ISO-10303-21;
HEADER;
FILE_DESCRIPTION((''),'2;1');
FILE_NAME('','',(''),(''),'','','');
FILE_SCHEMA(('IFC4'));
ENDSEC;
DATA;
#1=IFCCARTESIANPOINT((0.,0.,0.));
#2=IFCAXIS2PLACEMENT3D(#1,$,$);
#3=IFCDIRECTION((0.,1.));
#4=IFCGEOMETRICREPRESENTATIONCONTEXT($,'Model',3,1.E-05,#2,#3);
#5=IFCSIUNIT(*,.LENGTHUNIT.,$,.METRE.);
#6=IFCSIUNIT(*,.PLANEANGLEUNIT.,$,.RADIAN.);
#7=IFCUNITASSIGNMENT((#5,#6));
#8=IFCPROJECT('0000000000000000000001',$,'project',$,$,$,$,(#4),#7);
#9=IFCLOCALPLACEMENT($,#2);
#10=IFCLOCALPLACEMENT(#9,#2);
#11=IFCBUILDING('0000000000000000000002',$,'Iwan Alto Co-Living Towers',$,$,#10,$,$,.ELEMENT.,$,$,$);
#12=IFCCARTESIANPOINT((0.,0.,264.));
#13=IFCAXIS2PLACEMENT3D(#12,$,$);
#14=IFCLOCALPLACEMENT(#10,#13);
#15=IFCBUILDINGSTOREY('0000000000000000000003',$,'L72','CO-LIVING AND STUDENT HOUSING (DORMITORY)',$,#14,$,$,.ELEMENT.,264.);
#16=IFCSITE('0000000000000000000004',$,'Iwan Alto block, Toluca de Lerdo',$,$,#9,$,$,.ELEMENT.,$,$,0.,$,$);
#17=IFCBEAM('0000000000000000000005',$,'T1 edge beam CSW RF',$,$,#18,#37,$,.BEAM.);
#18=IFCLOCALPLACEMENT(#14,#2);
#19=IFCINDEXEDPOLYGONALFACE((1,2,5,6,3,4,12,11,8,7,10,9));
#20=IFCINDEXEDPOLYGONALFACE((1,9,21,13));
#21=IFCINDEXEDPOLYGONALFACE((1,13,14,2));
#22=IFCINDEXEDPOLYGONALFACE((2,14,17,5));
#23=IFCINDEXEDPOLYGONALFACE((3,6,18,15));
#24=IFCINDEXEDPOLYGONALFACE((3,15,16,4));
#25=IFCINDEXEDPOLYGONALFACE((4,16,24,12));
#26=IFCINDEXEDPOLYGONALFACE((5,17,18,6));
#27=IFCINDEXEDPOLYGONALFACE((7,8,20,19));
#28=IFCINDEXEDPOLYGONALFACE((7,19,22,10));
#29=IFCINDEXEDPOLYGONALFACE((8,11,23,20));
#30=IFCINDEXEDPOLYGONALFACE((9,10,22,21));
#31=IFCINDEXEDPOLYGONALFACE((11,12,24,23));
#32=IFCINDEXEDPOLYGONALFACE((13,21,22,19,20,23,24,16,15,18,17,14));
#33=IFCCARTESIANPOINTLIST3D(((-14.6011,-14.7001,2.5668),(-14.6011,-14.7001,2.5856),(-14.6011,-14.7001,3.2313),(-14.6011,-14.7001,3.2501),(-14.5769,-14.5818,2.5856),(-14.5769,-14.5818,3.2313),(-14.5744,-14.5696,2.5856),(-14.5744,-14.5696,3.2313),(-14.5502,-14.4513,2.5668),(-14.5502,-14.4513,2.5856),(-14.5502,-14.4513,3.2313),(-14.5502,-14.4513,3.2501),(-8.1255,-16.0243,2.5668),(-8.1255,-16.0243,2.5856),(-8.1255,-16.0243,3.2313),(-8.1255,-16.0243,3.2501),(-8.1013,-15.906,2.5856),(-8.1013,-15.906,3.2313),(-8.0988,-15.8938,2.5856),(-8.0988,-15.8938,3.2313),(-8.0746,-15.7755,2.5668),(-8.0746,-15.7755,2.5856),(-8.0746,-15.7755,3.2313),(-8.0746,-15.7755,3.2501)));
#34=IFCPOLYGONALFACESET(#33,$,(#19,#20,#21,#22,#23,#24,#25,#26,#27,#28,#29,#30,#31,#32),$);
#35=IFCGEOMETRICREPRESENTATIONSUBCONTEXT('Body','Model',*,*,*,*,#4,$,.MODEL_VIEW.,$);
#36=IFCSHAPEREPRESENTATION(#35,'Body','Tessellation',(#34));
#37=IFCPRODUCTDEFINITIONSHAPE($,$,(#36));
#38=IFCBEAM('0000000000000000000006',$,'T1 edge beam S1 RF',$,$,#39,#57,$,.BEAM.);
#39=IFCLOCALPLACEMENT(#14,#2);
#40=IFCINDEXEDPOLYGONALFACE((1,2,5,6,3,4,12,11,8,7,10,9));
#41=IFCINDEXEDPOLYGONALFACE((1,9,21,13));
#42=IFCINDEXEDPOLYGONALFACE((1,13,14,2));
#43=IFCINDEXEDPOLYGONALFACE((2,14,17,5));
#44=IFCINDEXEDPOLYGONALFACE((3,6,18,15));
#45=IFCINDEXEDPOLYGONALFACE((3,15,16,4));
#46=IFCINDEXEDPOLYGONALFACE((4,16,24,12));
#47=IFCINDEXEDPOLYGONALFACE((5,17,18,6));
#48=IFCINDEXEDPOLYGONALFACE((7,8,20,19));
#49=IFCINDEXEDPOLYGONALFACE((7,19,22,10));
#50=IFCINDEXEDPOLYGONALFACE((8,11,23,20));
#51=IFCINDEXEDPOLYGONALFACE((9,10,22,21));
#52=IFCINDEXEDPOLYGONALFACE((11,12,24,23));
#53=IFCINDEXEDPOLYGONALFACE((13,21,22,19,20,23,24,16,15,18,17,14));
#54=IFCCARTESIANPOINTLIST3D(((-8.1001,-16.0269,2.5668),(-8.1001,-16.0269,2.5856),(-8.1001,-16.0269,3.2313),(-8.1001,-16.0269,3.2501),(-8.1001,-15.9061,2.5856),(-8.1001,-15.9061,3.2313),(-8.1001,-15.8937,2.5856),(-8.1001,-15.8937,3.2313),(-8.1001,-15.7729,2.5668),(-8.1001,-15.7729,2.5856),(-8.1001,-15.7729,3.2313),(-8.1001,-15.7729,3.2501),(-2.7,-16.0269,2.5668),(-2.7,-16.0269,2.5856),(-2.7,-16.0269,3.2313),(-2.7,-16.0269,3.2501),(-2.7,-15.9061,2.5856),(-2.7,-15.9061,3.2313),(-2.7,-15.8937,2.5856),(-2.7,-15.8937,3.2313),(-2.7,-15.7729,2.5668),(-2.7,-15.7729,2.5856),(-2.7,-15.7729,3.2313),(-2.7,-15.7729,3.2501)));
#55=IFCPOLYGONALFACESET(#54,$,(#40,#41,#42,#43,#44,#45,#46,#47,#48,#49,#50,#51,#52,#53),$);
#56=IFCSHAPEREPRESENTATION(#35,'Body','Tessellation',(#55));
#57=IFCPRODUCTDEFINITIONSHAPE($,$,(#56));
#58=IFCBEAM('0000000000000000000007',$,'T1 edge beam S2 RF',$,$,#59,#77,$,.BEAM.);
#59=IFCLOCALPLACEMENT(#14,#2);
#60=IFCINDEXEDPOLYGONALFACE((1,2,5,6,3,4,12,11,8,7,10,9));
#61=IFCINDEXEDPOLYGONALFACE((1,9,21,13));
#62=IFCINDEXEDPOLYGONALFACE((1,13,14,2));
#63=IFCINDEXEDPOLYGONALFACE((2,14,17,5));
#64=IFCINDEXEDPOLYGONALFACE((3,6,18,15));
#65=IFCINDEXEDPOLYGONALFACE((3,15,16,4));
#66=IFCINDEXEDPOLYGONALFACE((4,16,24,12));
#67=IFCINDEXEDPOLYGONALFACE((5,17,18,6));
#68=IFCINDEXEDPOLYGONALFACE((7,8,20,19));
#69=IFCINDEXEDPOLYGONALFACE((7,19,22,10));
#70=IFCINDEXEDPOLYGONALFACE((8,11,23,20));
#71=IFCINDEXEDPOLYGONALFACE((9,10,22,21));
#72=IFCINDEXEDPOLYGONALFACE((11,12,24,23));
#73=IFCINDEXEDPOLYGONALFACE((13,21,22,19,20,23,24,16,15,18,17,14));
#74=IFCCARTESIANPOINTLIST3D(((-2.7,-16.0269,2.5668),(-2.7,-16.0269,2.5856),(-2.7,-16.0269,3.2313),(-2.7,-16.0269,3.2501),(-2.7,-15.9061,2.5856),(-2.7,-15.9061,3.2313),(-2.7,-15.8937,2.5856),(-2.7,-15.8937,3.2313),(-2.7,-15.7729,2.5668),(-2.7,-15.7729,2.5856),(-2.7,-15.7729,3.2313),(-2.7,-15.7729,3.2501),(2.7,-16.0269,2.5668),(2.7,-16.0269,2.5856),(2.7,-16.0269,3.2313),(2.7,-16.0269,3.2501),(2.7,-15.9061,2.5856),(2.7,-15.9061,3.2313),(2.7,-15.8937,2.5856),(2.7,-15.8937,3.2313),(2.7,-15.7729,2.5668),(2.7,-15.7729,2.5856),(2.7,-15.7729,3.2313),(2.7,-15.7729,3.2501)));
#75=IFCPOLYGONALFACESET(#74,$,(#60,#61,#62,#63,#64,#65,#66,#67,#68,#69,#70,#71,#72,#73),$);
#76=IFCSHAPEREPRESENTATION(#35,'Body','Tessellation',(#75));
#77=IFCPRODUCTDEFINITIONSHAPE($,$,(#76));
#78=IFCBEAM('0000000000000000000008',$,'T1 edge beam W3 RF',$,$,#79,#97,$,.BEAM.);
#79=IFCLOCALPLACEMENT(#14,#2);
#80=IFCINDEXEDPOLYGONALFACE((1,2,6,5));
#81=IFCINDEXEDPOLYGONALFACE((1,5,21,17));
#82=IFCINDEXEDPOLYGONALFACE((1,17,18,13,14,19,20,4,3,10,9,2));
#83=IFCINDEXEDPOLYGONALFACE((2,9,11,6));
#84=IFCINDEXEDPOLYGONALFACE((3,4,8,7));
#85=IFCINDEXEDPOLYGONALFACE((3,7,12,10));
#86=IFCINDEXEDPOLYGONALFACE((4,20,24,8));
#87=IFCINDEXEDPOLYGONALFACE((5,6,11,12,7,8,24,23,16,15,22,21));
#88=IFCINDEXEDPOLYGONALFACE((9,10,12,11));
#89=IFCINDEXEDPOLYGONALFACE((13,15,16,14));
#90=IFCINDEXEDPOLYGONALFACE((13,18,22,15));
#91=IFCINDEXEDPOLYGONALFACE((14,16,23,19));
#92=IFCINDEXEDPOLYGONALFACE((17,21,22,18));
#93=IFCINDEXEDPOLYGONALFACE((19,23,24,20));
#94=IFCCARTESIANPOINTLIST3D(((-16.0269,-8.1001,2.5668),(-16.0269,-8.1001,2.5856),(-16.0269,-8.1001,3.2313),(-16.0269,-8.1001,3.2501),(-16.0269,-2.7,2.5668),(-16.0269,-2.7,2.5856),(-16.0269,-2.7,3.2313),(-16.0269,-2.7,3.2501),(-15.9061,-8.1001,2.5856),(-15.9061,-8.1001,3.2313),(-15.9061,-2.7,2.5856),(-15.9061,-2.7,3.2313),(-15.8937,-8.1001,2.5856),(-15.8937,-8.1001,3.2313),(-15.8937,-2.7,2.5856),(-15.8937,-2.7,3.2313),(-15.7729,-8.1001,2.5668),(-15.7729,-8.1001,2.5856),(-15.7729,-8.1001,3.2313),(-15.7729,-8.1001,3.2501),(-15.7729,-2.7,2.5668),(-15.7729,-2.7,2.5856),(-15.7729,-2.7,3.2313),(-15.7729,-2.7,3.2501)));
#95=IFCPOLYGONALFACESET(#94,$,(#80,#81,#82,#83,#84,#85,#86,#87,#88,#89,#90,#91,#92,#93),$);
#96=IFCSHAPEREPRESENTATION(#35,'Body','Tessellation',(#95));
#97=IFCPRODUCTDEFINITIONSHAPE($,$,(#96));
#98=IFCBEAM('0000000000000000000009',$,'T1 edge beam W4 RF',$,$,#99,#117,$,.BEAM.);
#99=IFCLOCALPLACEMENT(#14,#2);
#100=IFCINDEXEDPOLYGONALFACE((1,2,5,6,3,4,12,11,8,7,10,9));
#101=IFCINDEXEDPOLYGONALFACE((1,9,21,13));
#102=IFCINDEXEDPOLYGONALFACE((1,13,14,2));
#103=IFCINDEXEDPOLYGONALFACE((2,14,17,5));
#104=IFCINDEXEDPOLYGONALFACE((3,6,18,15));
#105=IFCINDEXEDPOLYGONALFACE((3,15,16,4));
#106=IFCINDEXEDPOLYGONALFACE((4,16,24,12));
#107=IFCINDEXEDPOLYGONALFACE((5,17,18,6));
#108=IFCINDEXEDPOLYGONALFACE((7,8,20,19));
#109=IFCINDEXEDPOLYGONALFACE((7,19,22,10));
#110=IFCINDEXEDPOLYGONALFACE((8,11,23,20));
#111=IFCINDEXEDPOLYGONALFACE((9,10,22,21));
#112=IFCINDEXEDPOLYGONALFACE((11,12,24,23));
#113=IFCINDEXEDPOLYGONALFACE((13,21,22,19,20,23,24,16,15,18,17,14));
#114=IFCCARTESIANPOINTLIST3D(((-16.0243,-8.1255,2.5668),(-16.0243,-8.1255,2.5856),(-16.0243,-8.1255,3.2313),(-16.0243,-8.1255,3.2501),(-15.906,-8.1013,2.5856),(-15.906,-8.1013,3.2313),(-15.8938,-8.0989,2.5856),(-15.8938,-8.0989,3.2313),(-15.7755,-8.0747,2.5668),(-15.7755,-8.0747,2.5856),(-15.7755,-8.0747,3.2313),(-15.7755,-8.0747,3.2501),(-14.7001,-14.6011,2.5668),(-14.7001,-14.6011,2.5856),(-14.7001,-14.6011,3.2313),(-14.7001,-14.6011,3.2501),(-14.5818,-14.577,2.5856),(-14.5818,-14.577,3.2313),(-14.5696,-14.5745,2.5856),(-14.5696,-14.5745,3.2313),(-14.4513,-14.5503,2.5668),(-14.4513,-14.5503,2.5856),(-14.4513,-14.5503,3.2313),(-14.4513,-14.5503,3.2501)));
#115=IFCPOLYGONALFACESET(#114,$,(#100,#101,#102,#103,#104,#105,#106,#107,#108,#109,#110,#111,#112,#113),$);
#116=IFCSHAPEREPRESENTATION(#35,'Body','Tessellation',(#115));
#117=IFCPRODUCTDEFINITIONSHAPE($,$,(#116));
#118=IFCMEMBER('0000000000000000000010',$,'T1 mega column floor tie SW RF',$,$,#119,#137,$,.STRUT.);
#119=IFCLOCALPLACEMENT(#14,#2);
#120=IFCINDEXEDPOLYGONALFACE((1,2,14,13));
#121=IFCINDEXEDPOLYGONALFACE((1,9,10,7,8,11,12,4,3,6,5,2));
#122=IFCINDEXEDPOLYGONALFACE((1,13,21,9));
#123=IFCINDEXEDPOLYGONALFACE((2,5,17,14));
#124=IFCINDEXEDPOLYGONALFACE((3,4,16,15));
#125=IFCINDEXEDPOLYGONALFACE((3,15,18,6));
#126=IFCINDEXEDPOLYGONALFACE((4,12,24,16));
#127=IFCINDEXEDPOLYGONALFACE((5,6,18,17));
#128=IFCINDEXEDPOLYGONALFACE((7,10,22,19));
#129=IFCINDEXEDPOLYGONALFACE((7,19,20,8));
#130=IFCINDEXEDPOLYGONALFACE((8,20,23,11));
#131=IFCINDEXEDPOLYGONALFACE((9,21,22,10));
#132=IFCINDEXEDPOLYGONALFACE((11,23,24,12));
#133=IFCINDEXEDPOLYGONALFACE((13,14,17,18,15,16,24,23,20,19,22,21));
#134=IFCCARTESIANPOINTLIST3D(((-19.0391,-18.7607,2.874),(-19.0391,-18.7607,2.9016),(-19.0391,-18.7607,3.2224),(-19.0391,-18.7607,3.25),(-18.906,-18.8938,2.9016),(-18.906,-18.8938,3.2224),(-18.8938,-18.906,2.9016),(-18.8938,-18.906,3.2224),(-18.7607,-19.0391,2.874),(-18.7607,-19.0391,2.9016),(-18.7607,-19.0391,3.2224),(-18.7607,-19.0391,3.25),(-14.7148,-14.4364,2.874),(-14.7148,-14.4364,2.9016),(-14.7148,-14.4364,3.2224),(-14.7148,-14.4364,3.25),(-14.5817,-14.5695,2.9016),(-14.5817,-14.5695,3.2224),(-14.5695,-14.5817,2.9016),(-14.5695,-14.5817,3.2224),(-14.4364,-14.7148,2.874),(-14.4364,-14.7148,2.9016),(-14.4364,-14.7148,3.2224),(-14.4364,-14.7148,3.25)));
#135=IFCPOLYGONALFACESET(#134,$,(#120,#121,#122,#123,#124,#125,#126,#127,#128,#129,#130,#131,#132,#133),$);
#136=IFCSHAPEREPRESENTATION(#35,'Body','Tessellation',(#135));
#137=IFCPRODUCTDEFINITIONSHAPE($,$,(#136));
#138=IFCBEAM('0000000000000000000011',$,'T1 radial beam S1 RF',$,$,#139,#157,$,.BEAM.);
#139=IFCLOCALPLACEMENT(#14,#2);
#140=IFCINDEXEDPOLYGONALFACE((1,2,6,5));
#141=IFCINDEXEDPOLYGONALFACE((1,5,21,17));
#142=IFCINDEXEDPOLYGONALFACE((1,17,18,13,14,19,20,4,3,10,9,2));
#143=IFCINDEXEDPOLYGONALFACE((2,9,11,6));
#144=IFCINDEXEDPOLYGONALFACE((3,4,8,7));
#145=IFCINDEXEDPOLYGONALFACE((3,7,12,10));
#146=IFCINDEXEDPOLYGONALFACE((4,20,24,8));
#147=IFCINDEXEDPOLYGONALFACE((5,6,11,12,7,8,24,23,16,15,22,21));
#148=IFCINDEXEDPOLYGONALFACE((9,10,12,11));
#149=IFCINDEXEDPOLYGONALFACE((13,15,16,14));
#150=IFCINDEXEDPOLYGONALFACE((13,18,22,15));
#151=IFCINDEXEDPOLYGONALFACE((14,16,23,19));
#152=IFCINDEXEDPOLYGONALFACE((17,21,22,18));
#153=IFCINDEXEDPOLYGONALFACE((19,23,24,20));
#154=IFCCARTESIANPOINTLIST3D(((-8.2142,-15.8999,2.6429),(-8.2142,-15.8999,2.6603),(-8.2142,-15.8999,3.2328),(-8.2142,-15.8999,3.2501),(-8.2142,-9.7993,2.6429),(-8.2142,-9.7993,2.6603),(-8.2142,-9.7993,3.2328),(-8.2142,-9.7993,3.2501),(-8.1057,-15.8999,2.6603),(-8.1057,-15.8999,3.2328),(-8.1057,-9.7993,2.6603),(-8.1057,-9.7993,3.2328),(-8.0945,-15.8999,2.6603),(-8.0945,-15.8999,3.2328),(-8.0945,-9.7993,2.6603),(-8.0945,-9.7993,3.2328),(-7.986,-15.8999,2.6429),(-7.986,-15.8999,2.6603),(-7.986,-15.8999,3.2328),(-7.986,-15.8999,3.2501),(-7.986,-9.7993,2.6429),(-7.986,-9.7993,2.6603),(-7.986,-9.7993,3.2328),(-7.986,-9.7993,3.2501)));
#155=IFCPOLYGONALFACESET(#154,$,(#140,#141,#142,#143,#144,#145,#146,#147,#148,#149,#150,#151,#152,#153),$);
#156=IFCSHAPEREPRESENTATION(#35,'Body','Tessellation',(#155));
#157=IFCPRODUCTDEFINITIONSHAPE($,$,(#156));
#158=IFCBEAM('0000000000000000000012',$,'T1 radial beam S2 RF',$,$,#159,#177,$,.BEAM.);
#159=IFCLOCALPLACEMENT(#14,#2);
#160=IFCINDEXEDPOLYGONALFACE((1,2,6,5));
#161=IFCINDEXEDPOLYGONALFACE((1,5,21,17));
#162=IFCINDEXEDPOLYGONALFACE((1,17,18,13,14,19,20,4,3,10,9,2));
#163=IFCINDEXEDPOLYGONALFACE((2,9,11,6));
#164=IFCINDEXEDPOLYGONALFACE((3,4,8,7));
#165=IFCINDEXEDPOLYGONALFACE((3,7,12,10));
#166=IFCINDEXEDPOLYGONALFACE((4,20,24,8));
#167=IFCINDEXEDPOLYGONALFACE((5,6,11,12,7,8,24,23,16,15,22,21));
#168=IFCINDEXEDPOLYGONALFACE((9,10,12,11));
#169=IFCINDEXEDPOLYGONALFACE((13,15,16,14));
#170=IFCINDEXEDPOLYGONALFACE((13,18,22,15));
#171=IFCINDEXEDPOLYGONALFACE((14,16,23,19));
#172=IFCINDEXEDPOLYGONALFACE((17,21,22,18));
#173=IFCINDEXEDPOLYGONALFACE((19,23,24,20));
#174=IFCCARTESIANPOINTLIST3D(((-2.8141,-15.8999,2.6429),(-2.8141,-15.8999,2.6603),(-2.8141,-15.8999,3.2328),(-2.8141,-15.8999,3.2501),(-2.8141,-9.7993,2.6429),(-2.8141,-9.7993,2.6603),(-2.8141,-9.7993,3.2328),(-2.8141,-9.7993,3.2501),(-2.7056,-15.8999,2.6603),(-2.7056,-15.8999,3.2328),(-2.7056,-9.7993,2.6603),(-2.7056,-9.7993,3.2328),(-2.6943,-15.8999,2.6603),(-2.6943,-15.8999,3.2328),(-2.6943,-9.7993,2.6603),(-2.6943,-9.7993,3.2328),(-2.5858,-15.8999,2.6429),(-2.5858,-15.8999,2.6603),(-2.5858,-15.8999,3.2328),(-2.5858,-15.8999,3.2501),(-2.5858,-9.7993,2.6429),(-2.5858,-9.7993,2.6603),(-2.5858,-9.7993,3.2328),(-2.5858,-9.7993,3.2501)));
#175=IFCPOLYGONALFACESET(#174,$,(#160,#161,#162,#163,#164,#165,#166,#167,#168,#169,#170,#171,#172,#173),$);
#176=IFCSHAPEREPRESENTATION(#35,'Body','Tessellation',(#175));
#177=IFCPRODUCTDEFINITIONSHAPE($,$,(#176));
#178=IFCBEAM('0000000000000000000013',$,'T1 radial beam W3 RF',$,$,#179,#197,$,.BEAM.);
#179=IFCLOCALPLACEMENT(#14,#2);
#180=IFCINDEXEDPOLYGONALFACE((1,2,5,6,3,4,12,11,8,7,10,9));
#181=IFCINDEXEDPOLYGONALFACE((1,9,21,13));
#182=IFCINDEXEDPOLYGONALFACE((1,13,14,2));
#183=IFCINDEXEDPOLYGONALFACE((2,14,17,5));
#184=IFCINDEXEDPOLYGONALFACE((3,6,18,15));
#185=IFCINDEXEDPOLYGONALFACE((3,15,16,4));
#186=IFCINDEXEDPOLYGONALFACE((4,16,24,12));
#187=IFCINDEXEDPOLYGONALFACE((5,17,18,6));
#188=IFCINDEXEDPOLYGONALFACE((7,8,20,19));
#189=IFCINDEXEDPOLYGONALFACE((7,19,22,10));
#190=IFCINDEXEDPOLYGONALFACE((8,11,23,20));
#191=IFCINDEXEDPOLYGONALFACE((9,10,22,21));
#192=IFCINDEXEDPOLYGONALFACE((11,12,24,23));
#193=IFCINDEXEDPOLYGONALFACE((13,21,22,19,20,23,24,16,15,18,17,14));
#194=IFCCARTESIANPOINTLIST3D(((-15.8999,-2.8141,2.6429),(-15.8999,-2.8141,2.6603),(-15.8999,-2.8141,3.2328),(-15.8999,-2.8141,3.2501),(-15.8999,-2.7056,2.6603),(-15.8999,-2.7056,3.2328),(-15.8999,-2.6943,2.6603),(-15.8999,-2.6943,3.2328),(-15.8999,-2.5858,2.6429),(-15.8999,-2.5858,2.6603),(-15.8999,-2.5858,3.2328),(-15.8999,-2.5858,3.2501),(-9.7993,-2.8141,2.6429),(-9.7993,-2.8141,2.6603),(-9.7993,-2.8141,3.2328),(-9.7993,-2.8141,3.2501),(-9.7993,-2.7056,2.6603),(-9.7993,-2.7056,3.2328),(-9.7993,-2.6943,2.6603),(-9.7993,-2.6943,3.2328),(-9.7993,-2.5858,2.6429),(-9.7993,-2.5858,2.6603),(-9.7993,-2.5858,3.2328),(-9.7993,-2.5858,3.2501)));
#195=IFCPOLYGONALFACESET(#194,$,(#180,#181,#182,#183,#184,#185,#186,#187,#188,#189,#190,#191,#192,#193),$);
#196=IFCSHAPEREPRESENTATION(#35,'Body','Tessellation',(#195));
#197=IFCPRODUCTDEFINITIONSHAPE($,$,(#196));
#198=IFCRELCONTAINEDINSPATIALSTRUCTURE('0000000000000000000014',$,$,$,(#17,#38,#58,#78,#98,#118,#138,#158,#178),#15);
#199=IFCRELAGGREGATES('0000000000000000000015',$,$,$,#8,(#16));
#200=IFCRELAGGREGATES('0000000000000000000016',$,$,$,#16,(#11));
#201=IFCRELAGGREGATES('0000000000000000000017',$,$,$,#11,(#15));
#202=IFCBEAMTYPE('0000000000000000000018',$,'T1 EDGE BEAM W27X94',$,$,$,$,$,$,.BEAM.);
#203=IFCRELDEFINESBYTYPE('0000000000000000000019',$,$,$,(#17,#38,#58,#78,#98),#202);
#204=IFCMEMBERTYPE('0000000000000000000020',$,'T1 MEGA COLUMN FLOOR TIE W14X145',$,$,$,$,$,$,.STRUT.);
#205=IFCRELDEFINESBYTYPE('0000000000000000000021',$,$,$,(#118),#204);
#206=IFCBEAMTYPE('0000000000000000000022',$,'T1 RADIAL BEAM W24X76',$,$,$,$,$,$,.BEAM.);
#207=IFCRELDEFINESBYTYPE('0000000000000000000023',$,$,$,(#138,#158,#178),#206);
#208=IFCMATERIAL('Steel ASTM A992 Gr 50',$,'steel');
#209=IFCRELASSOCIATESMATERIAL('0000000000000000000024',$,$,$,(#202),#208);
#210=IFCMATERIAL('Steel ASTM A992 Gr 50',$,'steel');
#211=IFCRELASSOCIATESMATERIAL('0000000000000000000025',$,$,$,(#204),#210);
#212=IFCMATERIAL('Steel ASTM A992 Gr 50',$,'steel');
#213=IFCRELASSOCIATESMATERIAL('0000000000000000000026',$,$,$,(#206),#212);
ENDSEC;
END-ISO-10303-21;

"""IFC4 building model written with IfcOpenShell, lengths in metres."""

from ifc_helpers import new_model, si_unit, direction, frame, origin, origin_2d, place, context, subcontext, project, spatial, i_section, extrude, material, material_profile, profile_set, type_object, element, save


model = new_model("IFC4")

# Units and contexts
model_context = context("Model", 3, precision=1e-05, world=origin(), true_north=direction((0.0, 1.0)))
body_context = subcontext(model_context, "Body", "Model", "MODEL_VIEW")
ifc_project = project(units=[si_unit("LENGTHUNIT", "METRE"), si_unit("PLANEANGLEUNIT", "RADIAN")], contexts=[model_context])

# Site, building, storey
site_placement = place(None, origin())
site = spatial("IfcSite", under=ifc_project, at=site_placement, Name="Iwan Alto block, Toluca de Lerdo", CompositionType="ELEMENT", RefElevation=0.0)
building_placement = place(site_placement, origin())
building = spatial("IfcBuilding", under=site, at=building_placement, Name="Iwan Alto Co-Living Towers", CompositionType="ELEMENT")
storey_placement = place(building_placement, frame((0.0, 0.0, 264.0)))
storey = spatial("IfcBuildingStorey", under=building, at=storey_placement, Name="L72", Description="CO-LIVING AND STUDENT HOUSING (DORMITORY)", CompositionType="ELEMENT", Elevation=264.0)

# Beams
ifc_material_1 = material(Name="Steel ASTM A992 Gr 50", Category="steel")
ifc_material_profile_1 = material_profile(ifc_material_1, i_section(OverallWidth=0.2539, OverallDepth=0.6833, WebThickness=0.0125, FlangeThickness=0.0188, at=origin_2d()), Name="W27X94")
ifc_profile_set_1 = profile_set([ifc_material_profile_1], Name="Steel ASTM A992 Gr 50")
beam_type_1 = type_object("IfcBeamType", Name="T1 EDGE BEAM W27X94", PredefinedType="BEAM", material=ifc_profile_set_1)
beam_1_placement = place(storey_placement, frame((-14.5757, -14.5757, 2.9084), z_axis=(0.979725, -0.200348, 0.0), x_axis=(0.200348, 0.979725, 0.0)))
element("IfcBeam", 1, at=beam_1_placement, inside=storey, type_object=beam_type_1, Name="T1 edge beam CSW RF", PredefinedType="BEAM", context=body_context, shape_type="SweptSolid", body=[
    extrude(i_section(OverallWidth=0.2539, OverallDepth=0.6833, WebThickness=0.0125, FlangeThickness=0.0188, at=origin_2d()), origin(), (0.0, 0.0, 1.0), 6.6096),
])
beam_2_placement = place(storey_placement, frame((-8.1001, -15.8999, 2.9084), z_axis=(1.0, 0.0, 0.0), x_axis=(0.0, 1.0, 0.0)))
element("IfcBeam", 2, at=beam_2_placement, inside=storey, type_object=beam_type_1, Name="T1 edge beam S1 RF", PredefinedType="BEAM", context=body_context, shape_type="SweptSolid", body=[
    extrude(i_section(OverallWidth=0.2539, OverallDepth=0.6833, WebThickness=0.0125, FlangeThickness=0.0188, at=origin_2d()), origin(), (0.0, 0.0, 1.0), 5.4001),
])
beam_3_placement = place(storey_placement, frame((-2.7, -15.8999, 2.9084), z_axis=(1.0, 0.0, 0.0), x_axis=(0.0, 1.0, 0.0)))
element("IfcBeam", 3, at=beam_3_placement, inside=storey, type_object=beam_type_1, Name="T1 edge beam S2 RF", PredefinedType="BEAM", context=body_context, shape_type="SweptSolid", body=[
    extrude(i_section(OverallWidth=0.2539, OverallDepth=0.6833, WebThickness=0.0125, FlangeThickness=0.0188, at=origin_2d()), origin(), (0.0, 0.0, 1.0), 5.3999),
])
beam_4_placement = place(storey_placement, frame((-15.8999, -2.7, 2.9084), z_axis=(0.0, -1.0, 0.0), x_axis=(1.0, 0.0, 0.0)))
element("IfcBeam", 4, at=beam_4_placement, inside=storey, type_object=beam_type_1, Name="T1 edge beam W3 RF", PredefinedType="BEAM", context=body_context, shape_type="SweptSolid", body=[
    extrude(i_section(OverallWidth=0.2539, OverallDepth=0.6833, WebThickness=0.0125, FlangeThickness=0.0188, at=origin_2d()), origin(), (0.0, 0.0, 1.0), 5.4001),
])
beam_5_placement = place(storey_placement, frame((-15.8999, -8.1001, 2.9084), z_axis=(0.200348, -0.979725, 0.0), x_axis=(0.979725, 0.200348, 0.0)))
element("IfcBeam", 5, at=beam_5_placement, inside=storey, type_object=beam_type_1, Name="T1 edge beam W4 RF", PredefinedType="BEAM", context=body_context, shape_type="SweptSolid", body=[
    extrude(i_section(OverallWidth=0.2539, OverallDepth=0.6833, WebThickness=0.0125, FlangeThickness=0.0188, at=origin_2d()), origin(), (0.0, 0.0, 1.0), 6.6096),
])

# Member
ifc_material_2 = material(Name="Steel ASTM A992 Gr 50", Category="steel")
ifc_material_profile_2 = material_profile(ifc_material_2, i_section(OverallWidth=0.3938, OverallDepth=0.376, WebThickness=0.0173, FlangeThickness=0.0276, at=origin_2d()), Name="W14X145")
ifc_profile_set_2 = profile_set([ifc_material_profile_2], Name="Steel ASTM A992 Gr 50")
member_type_1 = type_object("IfcMemberType", Name="T1 MEGA COLUMN FLOOR TIE W14X145", PredefinedType="STRUT", material=ifc_profile_set_2)
member_1_placement = place(storey_placement, frame((-18.8999, -18.8999, 3.062), z_axis=(0.707107, 0.707107, 0.0), x_axis=(-0.707107, 0.707107, 0.0)))
element("IfcMember", 6, at=member_1_placement, inside=storey, type_object=member_type_1, Name="T1 mega column floor tie SW RF", PredefinedType="STRUT", context=body_context, shape_type="SweptSolid", body=[
    extrude(i_section(OverallWidth=0.3938, OverallDepth=0.376, WebThickness=0.0173, FlangeThickness=0.0276, at=origin_2d()), origin(), (0.0, 0.0, 1.0), 6.1155),
])

# Beams
ifc_material_3 = material(Name="Steel ASTM A992 Gr 50", Category="steel")
ifc_material_profile_3 = material_profile(ifc_material_3, i_section(OverallWidth=0.2283, OverallDepth=0.6072, WebThickness=0.0112, FlangeThickness=0.0173, at=origin_2d()), Name="W24X76")
ifc_profile_set_3 = profile_set([ifc_material_profile_3], Name="Steel ASTM A992 Gr 50")
beam_type_2 = type_object("IfcBeamType", Name="T1 RADIAL BEAM W24X76", PredefinedType="BEAM", material=ifc_profile_set_3)
for number, where, z_axis, x_axis, name in (
    (7, (-8.1001, -15.8999, 2.9465), (0.0, 1.0, 0.0), (-1.0, 0.0, 0.0), "T1 radial beam S1 RF"),
    (8, (-2.7, -15.8999, 2.9465), (0.0, 1.0, 0.0), (-1.0, 0.0, 0.0), "T1 radial beam S2 RF"),
    (9, (-15.8999, -2.7, 2.9465), (1.0, 0.0, 0.0), (0.0, 1.0, 0.0), "T1 radial beam W3 RF"),
):
    element("IfcBeam", number, at=place(storey_placement, frame(where, z_axis=z_axis, x_axis=x_axis)), inside=storey, type_object=beam_type_2, Name=name, PredefinedType="BEAM", context=body_context, shape_type="SweptSolid", body=[
        extrude(i_section(OverallWidth=0.2283, OverallDepth=0.6072, WebThickness=0.0112, FlangeThickness=0.0173, at=origin_2d()), origin(), (0.0, 0.0, 1.0), 6.1006),
    ])

save(model, "model.ifc")
